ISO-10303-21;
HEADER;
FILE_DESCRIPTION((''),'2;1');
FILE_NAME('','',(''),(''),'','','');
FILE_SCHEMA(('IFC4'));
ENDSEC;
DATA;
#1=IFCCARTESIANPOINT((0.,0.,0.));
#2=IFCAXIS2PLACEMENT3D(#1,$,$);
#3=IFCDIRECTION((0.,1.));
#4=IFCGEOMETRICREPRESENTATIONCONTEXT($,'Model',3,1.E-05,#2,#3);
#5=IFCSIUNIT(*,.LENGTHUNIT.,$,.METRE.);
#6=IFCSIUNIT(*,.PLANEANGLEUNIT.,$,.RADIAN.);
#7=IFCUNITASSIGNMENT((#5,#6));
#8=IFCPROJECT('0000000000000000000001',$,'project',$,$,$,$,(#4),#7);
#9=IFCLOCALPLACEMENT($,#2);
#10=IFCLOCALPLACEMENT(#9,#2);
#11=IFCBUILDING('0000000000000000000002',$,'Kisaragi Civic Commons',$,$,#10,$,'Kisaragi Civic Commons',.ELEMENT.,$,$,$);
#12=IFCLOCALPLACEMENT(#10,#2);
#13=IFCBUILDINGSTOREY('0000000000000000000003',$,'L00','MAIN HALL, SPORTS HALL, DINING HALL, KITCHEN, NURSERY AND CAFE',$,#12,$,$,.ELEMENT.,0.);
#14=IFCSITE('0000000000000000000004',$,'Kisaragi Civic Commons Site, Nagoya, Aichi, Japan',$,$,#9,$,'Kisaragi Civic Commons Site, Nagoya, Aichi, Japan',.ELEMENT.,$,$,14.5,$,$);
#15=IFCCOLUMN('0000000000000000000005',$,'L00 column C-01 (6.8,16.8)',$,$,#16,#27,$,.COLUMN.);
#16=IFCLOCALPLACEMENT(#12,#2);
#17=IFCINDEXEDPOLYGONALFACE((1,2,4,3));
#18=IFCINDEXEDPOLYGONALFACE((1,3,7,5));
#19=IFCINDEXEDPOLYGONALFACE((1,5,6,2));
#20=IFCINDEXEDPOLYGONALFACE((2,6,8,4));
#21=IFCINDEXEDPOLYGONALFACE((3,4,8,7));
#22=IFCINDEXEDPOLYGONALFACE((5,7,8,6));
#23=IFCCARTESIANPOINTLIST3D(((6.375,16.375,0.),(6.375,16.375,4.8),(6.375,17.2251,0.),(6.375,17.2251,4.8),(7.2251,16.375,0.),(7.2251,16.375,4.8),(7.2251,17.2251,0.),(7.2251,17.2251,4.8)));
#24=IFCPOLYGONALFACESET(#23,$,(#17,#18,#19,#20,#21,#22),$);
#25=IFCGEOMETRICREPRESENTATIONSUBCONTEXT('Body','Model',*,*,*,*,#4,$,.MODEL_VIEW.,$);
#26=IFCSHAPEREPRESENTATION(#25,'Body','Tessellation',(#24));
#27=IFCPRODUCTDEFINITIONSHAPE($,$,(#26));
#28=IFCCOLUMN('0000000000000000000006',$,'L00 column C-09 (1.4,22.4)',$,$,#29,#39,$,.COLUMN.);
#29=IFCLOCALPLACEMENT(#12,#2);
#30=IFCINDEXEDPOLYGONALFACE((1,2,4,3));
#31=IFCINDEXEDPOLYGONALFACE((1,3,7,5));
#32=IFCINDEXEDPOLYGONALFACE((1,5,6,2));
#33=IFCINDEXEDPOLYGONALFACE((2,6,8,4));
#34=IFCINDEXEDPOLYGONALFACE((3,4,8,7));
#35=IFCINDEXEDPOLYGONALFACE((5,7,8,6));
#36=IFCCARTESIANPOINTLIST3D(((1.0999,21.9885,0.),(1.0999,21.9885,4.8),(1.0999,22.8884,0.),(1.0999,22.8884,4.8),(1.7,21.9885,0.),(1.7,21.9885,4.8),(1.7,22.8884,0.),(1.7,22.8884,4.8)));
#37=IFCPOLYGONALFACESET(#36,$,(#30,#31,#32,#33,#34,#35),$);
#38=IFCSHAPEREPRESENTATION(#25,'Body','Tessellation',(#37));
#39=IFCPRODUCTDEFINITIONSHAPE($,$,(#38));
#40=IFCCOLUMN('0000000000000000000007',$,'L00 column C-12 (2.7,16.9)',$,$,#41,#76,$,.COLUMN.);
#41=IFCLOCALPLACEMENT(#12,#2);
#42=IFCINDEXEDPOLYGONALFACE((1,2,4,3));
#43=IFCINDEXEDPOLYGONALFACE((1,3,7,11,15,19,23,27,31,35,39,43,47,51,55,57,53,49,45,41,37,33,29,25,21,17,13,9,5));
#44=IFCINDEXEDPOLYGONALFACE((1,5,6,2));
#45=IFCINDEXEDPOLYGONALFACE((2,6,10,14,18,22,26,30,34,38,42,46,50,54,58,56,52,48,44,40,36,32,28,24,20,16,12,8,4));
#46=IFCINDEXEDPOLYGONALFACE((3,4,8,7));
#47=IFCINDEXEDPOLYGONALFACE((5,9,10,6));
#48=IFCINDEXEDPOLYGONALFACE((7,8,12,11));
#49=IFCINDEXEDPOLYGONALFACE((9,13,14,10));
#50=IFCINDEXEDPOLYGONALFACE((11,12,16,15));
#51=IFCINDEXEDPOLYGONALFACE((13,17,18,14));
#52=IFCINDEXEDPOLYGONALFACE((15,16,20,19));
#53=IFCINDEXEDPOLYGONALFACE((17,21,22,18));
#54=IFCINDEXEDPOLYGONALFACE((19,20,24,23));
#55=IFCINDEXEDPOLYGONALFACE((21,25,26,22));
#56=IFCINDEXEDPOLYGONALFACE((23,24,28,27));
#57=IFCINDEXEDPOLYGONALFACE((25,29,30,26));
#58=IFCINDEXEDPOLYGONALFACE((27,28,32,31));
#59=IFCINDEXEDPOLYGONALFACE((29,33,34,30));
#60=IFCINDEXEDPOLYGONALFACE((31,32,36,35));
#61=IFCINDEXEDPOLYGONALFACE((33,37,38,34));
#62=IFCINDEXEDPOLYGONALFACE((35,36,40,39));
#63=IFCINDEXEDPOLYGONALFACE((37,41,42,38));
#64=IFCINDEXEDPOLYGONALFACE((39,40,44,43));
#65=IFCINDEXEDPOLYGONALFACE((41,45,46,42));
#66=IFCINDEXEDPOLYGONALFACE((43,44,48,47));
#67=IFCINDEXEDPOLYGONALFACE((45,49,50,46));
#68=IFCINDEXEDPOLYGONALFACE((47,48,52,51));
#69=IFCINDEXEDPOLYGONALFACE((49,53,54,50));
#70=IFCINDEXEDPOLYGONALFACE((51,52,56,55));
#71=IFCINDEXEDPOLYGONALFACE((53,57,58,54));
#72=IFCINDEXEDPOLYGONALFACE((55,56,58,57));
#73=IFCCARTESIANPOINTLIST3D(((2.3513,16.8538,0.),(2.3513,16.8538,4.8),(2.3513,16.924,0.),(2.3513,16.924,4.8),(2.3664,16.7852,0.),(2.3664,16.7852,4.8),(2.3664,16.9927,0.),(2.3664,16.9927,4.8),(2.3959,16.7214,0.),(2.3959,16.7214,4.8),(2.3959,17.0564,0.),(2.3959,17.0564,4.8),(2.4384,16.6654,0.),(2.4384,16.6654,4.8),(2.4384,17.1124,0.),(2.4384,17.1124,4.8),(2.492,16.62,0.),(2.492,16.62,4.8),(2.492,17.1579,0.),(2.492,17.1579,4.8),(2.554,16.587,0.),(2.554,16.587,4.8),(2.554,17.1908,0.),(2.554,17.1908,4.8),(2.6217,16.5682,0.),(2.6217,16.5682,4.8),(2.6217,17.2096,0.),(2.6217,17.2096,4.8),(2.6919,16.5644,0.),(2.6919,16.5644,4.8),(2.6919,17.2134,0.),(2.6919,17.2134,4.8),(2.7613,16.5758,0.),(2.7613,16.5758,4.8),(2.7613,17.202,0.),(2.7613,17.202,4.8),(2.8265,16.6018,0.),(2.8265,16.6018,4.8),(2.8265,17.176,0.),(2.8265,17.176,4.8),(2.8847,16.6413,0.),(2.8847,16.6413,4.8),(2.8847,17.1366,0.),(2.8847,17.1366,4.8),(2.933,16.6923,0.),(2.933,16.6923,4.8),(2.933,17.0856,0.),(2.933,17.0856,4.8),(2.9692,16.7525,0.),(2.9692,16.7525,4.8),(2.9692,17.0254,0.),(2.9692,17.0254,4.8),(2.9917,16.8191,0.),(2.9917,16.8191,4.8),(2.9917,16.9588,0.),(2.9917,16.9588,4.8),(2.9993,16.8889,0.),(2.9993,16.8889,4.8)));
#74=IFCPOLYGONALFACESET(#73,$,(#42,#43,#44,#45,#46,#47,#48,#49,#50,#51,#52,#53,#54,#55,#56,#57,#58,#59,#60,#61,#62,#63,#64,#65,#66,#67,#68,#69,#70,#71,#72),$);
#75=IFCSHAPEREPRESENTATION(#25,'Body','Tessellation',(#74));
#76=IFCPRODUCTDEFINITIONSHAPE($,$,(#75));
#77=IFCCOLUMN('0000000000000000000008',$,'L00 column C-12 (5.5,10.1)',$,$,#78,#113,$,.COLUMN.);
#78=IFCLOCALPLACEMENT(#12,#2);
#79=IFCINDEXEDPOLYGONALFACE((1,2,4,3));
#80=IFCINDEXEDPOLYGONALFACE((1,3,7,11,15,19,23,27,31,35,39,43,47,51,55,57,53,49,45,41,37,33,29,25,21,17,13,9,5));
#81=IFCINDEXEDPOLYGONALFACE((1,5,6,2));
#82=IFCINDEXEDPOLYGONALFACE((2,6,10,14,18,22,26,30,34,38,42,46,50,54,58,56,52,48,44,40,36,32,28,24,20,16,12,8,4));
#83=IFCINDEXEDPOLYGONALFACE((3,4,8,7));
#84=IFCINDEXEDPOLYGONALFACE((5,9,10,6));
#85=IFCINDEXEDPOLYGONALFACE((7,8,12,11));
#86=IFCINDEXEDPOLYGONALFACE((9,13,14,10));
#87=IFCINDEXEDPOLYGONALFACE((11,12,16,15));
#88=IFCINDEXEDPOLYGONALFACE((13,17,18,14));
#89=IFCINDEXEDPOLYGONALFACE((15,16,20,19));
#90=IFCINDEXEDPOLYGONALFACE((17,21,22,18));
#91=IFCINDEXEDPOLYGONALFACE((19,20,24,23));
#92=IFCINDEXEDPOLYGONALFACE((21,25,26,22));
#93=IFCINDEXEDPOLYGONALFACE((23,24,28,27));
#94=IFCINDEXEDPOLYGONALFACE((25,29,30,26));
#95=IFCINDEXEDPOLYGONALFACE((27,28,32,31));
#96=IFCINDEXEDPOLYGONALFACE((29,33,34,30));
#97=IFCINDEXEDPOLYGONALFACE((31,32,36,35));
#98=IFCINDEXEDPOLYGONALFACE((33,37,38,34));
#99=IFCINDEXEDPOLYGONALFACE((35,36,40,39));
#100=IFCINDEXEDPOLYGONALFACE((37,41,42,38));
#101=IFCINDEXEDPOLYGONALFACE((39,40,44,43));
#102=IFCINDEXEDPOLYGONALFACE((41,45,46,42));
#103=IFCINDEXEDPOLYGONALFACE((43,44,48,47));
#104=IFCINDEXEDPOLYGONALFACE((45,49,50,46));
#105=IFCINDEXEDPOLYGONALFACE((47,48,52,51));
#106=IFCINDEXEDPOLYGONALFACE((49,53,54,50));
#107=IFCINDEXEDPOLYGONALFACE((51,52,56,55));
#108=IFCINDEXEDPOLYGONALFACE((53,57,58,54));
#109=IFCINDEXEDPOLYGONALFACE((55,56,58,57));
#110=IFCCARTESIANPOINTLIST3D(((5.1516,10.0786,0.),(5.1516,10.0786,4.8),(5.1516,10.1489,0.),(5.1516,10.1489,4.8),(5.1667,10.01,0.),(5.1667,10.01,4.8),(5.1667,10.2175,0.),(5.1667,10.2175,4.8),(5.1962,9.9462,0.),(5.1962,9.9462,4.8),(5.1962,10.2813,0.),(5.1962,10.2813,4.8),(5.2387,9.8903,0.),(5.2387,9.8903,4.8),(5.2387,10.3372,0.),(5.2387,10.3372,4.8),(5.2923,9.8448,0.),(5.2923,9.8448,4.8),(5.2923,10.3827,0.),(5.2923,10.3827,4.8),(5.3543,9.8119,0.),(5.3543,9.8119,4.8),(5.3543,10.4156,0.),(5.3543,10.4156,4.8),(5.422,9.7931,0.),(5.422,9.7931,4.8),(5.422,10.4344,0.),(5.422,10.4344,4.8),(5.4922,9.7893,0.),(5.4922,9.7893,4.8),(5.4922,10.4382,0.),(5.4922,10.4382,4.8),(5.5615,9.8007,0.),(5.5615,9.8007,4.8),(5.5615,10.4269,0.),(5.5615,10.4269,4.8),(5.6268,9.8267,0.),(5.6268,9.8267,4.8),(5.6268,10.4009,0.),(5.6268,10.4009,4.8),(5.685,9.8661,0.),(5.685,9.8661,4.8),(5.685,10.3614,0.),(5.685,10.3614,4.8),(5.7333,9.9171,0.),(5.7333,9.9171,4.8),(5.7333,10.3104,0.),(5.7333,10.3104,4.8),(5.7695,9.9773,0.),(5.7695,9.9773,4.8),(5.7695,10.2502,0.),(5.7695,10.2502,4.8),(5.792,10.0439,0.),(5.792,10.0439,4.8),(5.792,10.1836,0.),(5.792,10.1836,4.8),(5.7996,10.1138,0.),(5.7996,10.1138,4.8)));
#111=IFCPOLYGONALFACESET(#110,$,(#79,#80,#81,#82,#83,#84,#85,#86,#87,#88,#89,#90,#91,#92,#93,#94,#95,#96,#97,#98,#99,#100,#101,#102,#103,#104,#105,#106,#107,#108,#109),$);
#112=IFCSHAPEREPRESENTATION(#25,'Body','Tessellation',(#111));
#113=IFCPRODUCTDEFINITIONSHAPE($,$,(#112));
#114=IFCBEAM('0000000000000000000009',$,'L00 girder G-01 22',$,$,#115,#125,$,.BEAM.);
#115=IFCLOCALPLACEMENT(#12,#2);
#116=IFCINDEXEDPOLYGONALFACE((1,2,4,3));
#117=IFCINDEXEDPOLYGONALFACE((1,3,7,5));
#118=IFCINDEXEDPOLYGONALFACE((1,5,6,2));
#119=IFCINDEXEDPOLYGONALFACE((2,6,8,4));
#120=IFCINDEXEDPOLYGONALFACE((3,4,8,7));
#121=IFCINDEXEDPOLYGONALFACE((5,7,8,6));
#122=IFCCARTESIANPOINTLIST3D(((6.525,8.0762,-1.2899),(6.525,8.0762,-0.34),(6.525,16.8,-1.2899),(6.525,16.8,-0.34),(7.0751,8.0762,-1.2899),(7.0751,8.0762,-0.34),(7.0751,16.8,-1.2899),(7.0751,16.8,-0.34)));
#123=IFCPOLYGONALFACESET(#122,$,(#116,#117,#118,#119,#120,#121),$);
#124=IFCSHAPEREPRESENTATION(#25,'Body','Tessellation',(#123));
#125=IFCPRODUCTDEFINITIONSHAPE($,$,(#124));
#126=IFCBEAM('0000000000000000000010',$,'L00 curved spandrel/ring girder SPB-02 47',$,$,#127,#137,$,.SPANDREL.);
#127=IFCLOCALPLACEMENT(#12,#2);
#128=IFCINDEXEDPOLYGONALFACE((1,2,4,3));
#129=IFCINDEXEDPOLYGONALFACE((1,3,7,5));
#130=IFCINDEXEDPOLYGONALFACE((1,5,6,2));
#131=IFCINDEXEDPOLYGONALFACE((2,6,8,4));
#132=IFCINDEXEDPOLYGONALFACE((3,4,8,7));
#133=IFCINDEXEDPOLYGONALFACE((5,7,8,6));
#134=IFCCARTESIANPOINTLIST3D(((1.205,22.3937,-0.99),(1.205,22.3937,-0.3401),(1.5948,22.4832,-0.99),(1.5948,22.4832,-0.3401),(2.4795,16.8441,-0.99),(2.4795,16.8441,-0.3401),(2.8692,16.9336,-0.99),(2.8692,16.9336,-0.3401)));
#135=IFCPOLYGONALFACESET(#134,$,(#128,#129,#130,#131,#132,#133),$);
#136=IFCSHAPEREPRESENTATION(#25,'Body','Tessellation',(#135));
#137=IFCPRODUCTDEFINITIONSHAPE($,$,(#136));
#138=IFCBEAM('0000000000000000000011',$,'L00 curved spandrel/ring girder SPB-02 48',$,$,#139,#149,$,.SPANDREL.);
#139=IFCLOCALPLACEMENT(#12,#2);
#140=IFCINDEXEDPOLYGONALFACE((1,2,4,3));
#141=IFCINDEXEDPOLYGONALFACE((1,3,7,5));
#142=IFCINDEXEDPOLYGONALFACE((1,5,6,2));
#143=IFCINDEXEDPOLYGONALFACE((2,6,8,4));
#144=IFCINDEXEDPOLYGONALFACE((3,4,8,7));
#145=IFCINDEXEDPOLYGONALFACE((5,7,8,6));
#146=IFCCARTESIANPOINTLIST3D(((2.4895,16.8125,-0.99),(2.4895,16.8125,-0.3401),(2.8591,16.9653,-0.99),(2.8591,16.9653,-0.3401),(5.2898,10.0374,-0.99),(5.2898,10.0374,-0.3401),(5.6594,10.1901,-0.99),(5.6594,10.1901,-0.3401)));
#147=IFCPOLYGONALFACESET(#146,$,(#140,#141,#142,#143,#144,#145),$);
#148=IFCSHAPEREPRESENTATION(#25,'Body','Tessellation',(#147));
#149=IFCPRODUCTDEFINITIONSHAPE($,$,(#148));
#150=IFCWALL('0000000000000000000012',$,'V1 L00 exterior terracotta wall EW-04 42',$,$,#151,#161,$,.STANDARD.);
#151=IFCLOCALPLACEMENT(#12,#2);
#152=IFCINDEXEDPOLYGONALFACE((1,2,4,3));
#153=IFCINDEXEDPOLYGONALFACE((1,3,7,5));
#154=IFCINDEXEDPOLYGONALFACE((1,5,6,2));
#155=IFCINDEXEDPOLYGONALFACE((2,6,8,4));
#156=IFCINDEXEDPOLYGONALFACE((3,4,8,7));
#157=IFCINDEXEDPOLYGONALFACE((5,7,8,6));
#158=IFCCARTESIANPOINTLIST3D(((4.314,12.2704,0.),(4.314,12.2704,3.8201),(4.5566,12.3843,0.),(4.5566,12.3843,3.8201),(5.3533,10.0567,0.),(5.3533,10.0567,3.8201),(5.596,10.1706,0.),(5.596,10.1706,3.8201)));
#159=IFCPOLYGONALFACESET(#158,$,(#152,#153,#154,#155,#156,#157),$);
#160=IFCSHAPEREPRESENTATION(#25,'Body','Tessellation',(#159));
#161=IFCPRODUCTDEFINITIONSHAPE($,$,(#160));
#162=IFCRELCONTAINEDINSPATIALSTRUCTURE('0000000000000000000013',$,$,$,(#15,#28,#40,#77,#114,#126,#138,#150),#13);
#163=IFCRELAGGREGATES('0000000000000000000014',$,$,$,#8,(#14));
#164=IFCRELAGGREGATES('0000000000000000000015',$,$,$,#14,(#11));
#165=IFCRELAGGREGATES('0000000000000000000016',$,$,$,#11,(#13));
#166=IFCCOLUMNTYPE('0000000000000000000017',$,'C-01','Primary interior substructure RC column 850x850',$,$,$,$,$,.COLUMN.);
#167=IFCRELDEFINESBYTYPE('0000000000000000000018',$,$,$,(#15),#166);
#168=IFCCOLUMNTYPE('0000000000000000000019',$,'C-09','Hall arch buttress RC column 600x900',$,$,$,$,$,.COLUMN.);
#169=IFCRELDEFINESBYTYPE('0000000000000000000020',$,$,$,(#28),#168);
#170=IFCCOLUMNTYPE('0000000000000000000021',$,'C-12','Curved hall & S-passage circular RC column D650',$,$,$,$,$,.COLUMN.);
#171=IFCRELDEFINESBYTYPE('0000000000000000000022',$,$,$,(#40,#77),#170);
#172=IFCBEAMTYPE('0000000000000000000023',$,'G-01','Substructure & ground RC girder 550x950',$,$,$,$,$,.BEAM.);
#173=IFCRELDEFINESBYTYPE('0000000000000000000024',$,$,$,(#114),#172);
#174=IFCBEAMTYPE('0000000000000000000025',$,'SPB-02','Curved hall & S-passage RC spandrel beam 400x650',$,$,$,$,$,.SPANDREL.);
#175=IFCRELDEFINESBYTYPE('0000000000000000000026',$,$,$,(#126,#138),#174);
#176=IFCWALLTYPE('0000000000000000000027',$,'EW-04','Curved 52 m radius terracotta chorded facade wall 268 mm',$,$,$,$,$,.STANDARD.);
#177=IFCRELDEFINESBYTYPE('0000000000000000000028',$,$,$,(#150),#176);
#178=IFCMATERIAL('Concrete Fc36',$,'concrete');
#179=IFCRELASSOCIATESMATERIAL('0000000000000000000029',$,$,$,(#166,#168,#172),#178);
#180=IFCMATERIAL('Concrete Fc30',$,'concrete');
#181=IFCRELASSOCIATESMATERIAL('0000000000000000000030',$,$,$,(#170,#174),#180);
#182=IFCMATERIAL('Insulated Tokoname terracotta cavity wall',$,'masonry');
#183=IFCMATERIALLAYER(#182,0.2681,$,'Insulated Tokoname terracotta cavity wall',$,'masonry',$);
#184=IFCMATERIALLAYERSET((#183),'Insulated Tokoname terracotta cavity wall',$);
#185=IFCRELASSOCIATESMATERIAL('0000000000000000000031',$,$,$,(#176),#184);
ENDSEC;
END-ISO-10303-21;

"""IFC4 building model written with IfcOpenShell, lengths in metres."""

from ifc_helpers import new_model, si_unit, direction, frame, frame_2d, origin, origin_2d, place, context, subcontext, project, spatial, rectangle, circle, extrude, material, layer, layer_set, material_profile, profile_set, type_object, element, save


model = new_model("IFC4")

# Units and contexts
model_context = context("Model", 3, precision=1e-05, world=origin(), true_north=direction((0.0, 1.0)))
body_context = subcontext(model_context, "Body", "Model", "MODEL_VIEW")
ifc_project = project(units=[si_unit("LENGTHUNIT", "METRE"), si_unit("PLANEANGLEUNIT", "RADIAN")], contexts=[model_context])

# Site, building, storey
site_placement = place(None, origin())
site = spatial("IfcSite", under=ifc_project, at=site_placement, Name="Kisaragi Civic Commons Site, Nagoya, Aichi, Japan", LongName="Kisaragi Civic Commons Site, Nagoya, Aichi, Japan", CompositionType="ELEMENT", RefElevation=14.5)
building_placement = place(site_placement, origin())
building = spatial("IfcBuilding", under=site, at=building_placement, Name="Kisaragi Civic Commons", LongName="Kisaragi Civic Commons", CompositionType="ELEMENT")
storey_placement = place(building_placement, origin())
storey = spatial("IfcBuildingStorey", under=building, at=storey_placement, Name="L00", Description="MAIN HALL, SPORTS HALL, DINING HALL, KITCHEN, NURSERY AND CAFE", CompositionType="ELEMENT", Elevation=0.0)

# Columns
ifc_material_1 = material(Name="Concrete Fc36", Category="concrete")
ifc_material_profile_1 = material_profile(ifc_material_1, rectangle(XDim=0.8501, YDim=0.8501, at=origin_2d()), Name="RC-850x850", Category="concrete")
ifc_profile_set_1 = profile_set([ifc_material_profile_1], Name="Concrete Fc36")
column_type_1 = type_object("IfcColumnType", Name="C-01", Description="Primary interior substructure RC column 850x850", PredefinedType="COLUMN", material=ifc_profile_set_1)
column_1_placement = place(storey_placement, frame((6.8, 16.8, 0.0), z_axis=(0.0, 0.0, 1.0), x_axis=(1.0, 0.0, 0.0)))
element("IfcColumn", 1, at=column_1_placement, inside=storey, type_object=column_type_1, Name="L00 column C-01 (6.8,16.8)", PredefinedType="COLUMN", context=body_context, shape_type="SweptSolid", body=[
    extrude(rectangle(XDim=0.8501, YDim=0.8501, at=origin_2d()), origin(), (0.0, 0.0, 1.0), 4.8),
])
ifc_material_profile_2 = material_profile(ifc_material_1, rectangle(XDim=0.6001, YDim=0.8999, at=origin_2d()), Name="RC-600x900", Category="concrete")
ifc_profile_set_2 = profile_set([ifc_material_profile_2], Name="Concrete Fc36")
column_type_2 = type_object("IfcColumnType", Name="C-09", Description="Hall arch buttress RC column 600x900", PredefinedType="COLUMN", material=ifc_profile_set_2)
column_2_placement = place(storey_placement, frame((1.3999, 22.4385, 0.0), z_axis=(0.0, 0.0, 1.0), x_axis=(1.0, 0.0, 0.0)))
element("IfcColumn", 2, at=column_2_placement, inside=storey, type_object=column_type_2, Name="L00 column C-09 (1.4,22.4)", PredefinedType="COLUMN", context=body_context, shape_type="SweptSolid", body=[
    extrude(rectangle(XDim=0.6001, YDim=0.8999, at=origin_2d()), origin(), (0.0, 0.0, 1.0), 4.8),
])
ifc_material_2 = material(Name="Concrete Fc30", Category="concrete")
ifc_material_profile_3 = material_profile(ifc_material_2, circle(Radius=0.325, at=origin_2d()), Name="RC-D650", Category="concrete")
ifc_profile_set_3 = profile_set([ifc_material_profile_3], Name="Concrete Fc30")
column_type_3 = type_object("IfcColumnType", Name="C-12", Description="Curved hall & S-passage circular RC column D650", PredefinedType="COLUMN", material=ifc_profile_set_3)
for number, where, z_axis, x_axis, name in (
    (3, (2.6743, 16.8889, 0.0), (0.0, 0.0, 1.0), (1.0, 0.0, 0.0), "L00 column C-12 (2.7,16.9)"),
    (4, (5.4746, 10.1138, 0.0), (0.0, 0.0, 1.0), (1.0, 0.0, 0.0), "L00 column C-12 (5.5,10.1)"),
):
    element("IfcColumn", number, at=place(storey_placement, frame(where, z_axis=z_axis, x_axis=x_axis)), inside=storey, type_object=column_type_3, Name=name, PredefinedType="COLUMN", context=body_context, shape_type="SweptSolid", body=[
        extrude(circle(Radius=0.325, at=origin_2d()), origin(), (0.0, 0.0, 1.0), 4.8),
    ])

# Beams
ifc_material_profile_4 = material_profile(ifc_material_1, rectangle(XDim=0.55, YDim=0.95, at=origin_2d()), Name="RC-550x950", Category="concrete")
ifc_profile_set_4 = profile_set([ifc_material_profile_4], Name="Concrete Fc36")
beam_type_1 = type_object("IfcBeamType", Name="G-01", Description="Substructure & ground RC girder 550x950", PredefinedType="BEAM", material=ifc_profile_set_4)
beam_1_placement = place(storey_placement, frame((6.8, 8.0762, -0.8149), z_axis=(0.0, 1.0, 0.0), x_axis=(-1.0, 0.0, 0.0)))
element("IfcBeam", 5, at=beam_1_placement, inside=storey, type_object=beam_type_1, Name="L00 girder G-01 22", PredefinedType="BEAM", context=body_context, shape_type="SweptSolid", body=[
    extrude(rectangle(XDim=0.55, YDim=0.95, at=origin_2d()), origin(), (0.0, 0.0, 1.0), 8.7239),
])
ifc_material_profile_5 = material_profile(ifc_material_2, rectangle(XDim=0.3999, YDim=0.6499, at=origin_2d()), Name="RC-400x650", Category="concrete")
ifc_profile_set_5 = profile_set([ifc_material_profile_5], Name="Concrete Fc30")
beam_type_2 = type_object("IfcBeamType", Name="SPB-02", Description="Curved hall & S-passage RC spandrel beam 400x650", PredefinedType="SPANDREL", material=ifc_profile_set_5)
beam_2_placement = place(storey_placement, frame((1.3999, 22.4385, -0.665), z_axis=(0.223817, -0.974631, 0.0), x_axis=(0.974631, 0.223817, 0.0)))
element("IfcBeam", 6, at=beam_2_placement, inside=storey, type_object=beam_type_2, Name="L00 curved spandrel/ring girder SPB-02 47", PredefinedType="SPANDREL", context=body_context, shape_type="SweptSolid", body=[
    extrude(rectangle(XDim=0.3999, YDim=0.6499, at=origin_2d()), origin(), (0.0, 0.0, 1.0), 5.6941),
])
beam_3_placement = place(storey_placement, frame((2.6743, 16.8889, -0.665), z_axis=(0.381977, -0.924172, 0.0), x_axis=(0.924172, 0.381977, 0.0)))
element("IfcBeam", 7, at=beam_3_placement, inside=storey, type_object=beam_type_2, Name="L00 curved spandrel/ring girder SPB-02 48", PredefinedType="SPANDREL", context=body_context, shape_type="SweptSolid", body=[
    extrude(rectangle(XDim=0.3999, YDim=0.6499, at=origin_2d()), origin(), (0.0, 0.0, 1.0), 7.3311),
])

# Wall
ifc_material_3 = material(Name="Insulated Tokoname terracotta cavity wall", Category="masonry")
ifc_layer_1 = layer(ifc_material_3, 0.2681, Name="Insulated Tokoname terracotta cavity wall", Category="masonry")
ifc_layer_set_1 = layer_set([ifc_layer_1], Name="Insulated Tokoname terracotta cavity wall")
wall_type_1 = type_object("IfcWallType", Name="EW-04", Description="Curved 52 m radius terracotta chorded facade wall 268 mm", PredefinedType="STANDARD", material=ifc_layer_set_1)
wall_1_placement = place(storey_placement, frame((5.4746, 10.1138, 0.0), z_axis=(0.0, 0.0, 1.0), x_axis=(-0.424994, 0.905196, 0.0)))
element("IfcWall", 8, at=wall_1_placement, inside=storey, type_object=wall_type_1, Name="V1 L00 exterior terracotta wall EW-04 42", PredefinedType="STANDARD", context=body_context, shape_type="SweptSolid", body=[
    extrude(rectangle(XDim=2.4456, YDim=0.2681, at=frame_2d((1.2227, 0.0))), origin(), (0.0, 0.0, 1.0), 3.8201),
])

save(model, "model.ifc")
